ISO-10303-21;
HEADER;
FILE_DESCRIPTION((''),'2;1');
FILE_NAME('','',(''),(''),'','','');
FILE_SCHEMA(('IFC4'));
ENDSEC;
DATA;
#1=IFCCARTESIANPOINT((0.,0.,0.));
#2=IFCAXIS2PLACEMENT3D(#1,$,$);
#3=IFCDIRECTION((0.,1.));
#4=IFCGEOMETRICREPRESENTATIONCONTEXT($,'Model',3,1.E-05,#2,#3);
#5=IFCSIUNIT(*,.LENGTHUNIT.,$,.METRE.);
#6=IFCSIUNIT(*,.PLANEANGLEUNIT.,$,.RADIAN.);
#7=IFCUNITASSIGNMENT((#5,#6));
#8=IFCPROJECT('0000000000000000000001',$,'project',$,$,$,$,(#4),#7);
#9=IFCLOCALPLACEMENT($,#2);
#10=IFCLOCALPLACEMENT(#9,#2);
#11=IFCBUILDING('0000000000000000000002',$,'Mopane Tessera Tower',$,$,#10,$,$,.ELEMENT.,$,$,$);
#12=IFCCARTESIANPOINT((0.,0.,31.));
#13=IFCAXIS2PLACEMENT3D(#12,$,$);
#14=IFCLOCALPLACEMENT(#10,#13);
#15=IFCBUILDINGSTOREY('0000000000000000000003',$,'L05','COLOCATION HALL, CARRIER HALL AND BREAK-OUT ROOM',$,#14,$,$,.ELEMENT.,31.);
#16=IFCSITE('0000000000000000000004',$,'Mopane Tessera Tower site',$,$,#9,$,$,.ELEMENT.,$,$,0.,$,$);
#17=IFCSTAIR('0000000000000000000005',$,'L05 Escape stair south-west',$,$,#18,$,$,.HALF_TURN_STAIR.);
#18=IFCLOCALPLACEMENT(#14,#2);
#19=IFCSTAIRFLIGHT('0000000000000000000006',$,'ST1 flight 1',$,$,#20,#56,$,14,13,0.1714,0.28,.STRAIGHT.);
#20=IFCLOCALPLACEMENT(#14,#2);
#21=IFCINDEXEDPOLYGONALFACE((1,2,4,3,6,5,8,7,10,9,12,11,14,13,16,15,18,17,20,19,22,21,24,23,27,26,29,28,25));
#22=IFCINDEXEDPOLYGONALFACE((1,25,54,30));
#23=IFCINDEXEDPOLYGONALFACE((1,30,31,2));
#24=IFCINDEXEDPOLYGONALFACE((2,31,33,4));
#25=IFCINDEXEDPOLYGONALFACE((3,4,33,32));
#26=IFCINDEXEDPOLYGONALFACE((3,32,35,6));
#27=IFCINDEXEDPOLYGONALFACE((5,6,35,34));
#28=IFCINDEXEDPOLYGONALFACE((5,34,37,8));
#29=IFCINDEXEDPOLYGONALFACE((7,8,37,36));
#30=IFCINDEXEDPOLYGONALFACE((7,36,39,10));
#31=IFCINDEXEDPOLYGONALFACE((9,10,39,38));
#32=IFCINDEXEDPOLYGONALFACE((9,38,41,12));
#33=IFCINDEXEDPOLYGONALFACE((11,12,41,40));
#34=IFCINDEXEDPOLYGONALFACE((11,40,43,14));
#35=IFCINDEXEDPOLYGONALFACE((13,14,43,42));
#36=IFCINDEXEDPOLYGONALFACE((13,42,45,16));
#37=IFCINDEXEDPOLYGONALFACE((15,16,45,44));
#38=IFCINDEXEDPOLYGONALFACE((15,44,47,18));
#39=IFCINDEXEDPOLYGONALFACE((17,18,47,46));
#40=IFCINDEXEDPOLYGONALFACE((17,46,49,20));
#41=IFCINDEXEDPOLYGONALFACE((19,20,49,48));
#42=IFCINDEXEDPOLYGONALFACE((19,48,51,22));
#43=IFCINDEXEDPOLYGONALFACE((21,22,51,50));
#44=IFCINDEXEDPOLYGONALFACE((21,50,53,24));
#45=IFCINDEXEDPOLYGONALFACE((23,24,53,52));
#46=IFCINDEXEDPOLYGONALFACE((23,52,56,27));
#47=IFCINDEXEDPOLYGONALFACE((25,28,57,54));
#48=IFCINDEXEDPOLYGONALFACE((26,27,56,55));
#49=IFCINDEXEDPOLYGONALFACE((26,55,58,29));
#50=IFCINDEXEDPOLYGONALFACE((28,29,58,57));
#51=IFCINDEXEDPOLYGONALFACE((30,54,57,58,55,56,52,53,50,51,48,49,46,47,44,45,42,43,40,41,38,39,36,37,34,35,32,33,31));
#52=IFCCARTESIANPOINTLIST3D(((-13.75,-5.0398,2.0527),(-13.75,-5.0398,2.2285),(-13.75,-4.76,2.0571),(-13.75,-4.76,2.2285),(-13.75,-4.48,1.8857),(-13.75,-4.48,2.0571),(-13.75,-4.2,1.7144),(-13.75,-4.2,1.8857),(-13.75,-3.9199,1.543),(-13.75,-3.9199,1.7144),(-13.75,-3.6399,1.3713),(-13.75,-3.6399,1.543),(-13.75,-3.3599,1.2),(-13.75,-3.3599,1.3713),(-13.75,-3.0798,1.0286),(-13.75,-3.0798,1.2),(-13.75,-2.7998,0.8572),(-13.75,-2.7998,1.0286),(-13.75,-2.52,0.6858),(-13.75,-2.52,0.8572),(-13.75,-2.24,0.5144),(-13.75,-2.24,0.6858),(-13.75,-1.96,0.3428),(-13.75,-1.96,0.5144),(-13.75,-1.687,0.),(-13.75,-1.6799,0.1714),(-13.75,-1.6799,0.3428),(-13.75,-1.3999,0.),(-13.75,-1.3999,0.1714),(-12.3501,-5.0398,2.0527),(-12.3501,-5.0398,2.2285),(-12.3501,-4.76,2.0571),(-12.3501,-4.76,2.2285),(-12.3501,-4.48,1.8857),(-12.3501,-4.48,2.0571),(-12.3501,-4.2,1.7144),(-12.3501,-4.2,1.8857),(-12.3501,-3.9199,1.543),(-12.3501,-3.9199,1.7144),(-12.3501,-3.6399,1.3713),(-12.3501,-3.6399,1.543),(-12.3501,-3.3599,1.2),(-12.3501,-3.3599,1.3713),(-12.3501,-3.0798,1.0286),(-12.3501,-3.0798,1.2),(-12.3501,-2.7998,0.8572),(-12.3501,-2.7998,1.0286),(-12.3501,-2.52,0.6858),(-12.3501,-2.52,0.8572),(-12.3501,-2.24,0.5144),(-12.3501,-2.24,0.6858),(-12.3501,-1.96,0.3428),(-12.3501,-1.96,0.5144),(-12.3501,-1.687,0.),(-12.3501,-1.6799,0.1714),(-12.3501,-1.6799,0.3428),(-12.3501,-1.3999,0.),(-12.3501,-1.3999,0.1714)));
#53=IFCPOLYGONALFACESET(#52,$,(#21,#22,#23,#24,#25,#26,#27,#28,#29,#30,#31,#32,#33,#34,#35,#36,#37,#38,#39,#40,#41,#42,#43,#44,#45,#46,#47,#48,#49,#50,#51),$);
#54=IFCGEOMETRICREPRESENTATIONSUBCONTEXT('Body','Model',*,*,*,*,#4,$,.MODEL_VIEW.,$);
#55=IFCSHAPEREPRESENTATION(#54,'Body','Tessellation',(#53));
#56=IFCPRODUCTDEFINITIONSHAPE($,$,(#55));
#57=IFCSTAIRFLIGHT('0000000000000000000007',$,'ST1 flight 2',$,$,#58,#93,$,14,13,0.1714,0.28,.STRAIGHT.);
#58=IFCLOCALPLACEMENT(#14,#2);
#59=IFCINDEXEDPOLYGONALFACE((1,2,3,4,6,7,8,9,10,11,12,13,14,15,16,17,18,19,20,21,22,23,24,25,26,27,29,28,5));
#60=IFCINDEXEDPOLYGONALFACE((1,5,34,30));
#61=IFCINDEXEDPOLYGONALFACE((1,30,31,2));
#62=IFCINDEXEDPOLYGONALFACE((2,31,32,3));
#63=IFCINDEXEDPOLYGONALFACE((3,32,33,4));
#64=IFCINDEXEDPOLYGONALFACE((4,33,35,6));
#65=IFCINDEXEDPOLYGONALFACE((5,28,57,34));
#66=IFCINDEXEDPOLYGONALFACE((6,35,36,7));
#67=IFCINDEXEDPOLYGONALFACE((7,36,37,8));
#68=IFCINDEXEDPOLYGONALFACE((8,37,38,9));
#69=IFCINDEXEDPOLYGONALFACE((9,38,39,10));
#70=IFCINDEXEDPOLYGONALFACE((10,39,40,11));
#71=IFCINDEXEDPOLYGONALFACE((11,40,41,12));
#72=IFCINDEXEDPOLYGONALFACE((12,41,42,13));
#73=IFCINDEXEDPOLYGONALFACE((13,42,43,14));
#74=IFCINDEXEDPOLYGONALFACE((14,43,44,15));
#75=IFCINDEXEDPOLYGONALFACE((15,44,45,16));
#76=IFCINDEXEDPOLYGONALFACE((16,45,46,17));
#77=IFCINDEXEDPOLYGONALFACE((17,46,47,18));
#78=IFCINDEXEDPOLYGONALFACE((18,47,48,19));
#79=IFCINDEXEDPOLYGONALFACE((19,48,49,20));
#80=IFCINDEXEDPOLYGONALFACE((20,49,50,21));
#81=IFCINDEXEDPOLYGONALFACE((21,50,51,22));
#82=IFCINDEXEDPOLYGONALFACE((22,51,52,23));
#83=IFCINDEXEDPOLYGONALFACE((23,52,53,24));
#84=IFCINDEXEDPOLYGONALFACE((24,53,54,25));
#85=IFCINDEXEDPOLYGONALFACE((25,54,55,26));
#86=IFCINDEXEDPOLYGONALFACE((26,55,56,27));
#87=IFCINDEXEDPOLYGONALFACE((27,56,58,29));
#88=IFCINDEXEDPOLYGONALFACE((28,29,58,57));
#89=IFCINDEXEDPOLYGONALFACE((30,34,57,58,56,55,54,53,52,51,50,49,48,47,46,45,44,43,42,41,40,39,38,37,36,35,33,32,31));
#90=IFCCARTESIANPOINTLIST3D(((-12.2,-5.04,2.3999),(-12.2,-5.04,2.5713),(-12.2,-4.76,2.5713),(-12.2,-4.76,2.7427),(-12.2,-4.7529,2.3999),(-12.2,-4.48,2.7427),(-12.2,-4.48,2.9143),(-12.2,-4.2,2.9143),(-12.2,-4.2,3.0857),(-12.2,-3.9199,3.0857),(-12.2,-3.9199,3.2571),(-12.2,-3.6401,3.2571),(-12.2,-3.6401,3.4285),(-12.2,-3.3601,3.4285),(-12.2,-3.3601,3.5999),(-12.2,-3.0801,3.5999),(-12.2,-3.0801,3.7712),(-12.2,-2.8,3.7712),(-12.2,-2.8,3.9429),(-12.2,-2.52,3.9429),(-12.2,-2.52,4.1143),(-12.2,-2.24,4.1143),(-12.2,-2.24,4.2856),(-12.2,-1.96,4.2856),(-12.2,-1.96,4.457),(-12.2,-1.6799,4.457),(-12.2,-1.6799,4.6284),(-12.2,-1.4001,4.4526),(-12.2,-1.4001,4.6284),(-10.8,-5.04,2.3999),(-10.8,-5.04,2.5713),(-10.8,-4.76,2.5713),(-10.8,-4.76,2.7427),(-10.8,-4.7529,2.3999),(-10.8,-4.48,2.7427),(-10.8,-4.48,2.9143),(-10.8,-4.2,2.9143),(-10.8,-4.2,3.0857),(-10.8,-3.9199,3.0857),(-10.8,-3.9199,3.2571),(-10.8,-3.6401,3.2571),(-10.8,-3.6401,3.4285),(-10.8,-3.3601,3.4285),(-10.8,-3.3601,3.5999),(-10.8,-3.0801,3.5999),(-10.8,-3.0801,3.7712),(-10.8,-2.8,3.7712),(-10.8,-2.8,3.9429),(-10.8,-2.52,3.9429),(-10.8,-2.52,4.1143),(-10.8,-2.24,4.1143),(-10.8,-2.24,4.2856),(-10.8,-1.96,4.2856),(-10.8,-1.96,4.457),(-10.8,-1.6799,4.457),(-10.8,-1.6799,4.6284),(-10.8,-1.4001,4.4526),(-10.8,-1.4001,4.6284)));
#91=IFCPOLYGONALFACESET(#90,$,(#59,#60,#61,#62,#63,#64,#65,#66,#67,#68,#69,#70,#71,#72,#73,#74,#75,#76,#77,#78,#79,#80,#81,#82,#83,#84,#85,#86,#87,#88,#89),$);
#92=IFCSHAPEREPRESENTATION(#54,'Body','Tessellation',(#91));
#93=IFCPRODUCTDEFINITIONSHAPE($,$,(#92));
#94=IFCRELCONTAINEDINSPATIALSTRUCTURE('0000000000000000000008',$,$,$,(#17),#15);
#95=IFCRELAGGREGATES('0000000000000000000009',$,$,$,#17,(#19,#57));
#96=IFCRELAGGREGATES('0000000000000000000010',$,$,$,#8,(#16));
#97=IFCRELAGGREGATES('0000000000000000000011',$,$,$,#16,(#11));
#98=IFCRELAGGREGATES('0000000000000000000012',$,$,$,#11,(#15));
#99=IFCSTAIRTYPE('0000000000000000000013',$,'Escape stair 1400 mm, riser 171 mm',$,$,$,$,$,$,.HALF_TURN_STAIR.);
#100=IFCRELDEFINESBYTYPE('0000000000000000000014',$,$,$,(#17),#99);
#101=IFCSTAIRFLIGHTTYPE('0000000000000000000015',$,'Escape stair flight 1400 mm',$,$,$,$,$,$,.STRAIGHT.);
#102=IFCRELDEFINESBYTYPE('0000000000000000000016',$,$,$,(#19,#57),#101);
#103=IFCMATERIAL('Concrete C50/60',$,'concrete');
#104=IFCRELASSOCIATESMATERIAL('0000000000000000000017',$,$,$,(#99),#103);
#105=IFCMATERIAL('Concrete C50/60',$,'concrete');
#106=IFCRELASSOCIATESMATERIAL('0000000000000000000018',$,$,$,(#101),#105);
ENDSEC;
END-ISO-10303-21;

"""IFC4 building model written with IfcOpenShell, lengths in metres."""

from ifc_helpers import new_model, si_unit, direction, frame, origin, place, context, subcontext, project, spatial, polyline, outline, extrude, material, type_object, element, aggregate, save


model = new_model("IFC4")

# Units and contexts
model_context = context("Model", 3, precision=1e-05, world=origin(), true_north=direction((0.0, 1.0)))
body_context = subcontext(model_context, "Body", "Model", "MODEL_VIEW")
ifc_project = project(units=[si_unit("LENGTHUNIT", "METRE"), si_unit("PLANEANGLEUNIT", "RADIAN")], contexts=[model_context])

# Site, building, storey
site_placement = place(None, origin())
site = spatial("IfcSite", under=ifc_project, at=site_placement, Name="Mopane Tessera Tower site", CompositionType="ELEMENT", RefElevation=0.0)
building_placement = place(site_placement, origin())
building = spatial("IfcBuilding", under=site, at=building_placement, Name="Mopane Tessera Tower", CompositionType="ELEMENT")
storey_placement = place(building_placement, frame((0.0, 0.0, 31.0)))
storey = spatial("IfcBuildingStorey", under=building, at=storey_placement, Name="L05", Description="COLOCATION HALL, CARRIER HALL AND BREAK-OUT ROOM", CompositionType="ELEMENT", Elevation=31.0)

# Stair, stair flights
ifc_material_1 = material(Name="Concrete C50/60", Category="concrete")
stair_type = type_object("IfcStairType", Name="Escape stair 1400 mm, riser 171 mm", PredefinedType="HALF_TURN_STAIR", material=ifc_material_1)
stair_placement = place(storey_placement, origin())
stair = element("IfcStair", 1, at=stair_placement, inside=storey, type_object=stair_type, Name="L05 Escape stair south-west", PredefinedType="HALF_TURN_STAIR")
ifc_material_2 = material(Name="Concrete C50/60", Category="concrete")
stair_flight_type = type_object("IfcStairFlightType", Name="Escape stair flight 1400 mm", PredefinedType="STRAIGHT", material=ifc_material_2)
stair_flight_1_placement = place(storey_placement, frame((-13.05, -1.3999, 0.0), z_axis=(0.0, 0.0, 1.0), x_axis=(0.0, -1.0, 0.0)))
stair_flight_1 = element("IfcStairFlight", 2, at=stair_flight_1_placement, type_object=stair_flight_type, Name="ST1 flight 1", NumberOfRisers=14, NumberOfTreads=13, PredefinedType="STRAIGHT", RiserHeight=0.1714, TreadLength=0.28, context=body_context, shape_type="SweptSolid", body=[
    extrude(outline(polyline([(0.0, 0.0), (0.0, 0.1714), (0.28, 0.1714), (0.28, 0.3428), (0.5601, 0.3428), (0.5601, 0.5144), (0.8401, 0.5144), (0.8401, 0.6858), (1.1201, 0.6858), (1.1201, 0.8572), (1.3999, 0.8572), (1.3999, 1.0286), (1.6799, 1.0286), (1.6799, 1.2), (1.96, 1.2), (1.96, 1.3713), (2.24, 1.3713), (2.24, 1.543), (2.52, 1.543), (2.52, 1.7144), (2.8, 1.7144), (2.8, 1.8857), (3.0801, 1.8857), (3.0801, 2.0571), (3.3601, 2.0571), (3.3601, 2.2285), (3.6399, 2.2285), (3.6399, 2.3999), (3.6399, 2.0527), (0.2871, 0.0), (0.0, 0.0)])), frame((0.0, 0.7, 0.0), z_axis=(0.0, -1.0, 0.0), x_axis=(1.0, 0.0, 0.0)), (0.0, 0.0, 1.0), 1.3999),
])
stair_flight_2_placement = place(storey_placement, frame((-11.5, -5.04, 2.3999), z_axis=(0.0, 0.0, 1.0), x_axis=(0.0, 1.0, 0.0)))
stair_flight_2 = element("IfcStairFlight", 3, at=stair_flight_2_placement, type_object=stair_flight_type, Name="ST1 flight 2", NumberOfRisers=14, NumberOfTreads=13, PredefinedType="STRAIGHT", RiserHeight=0.1714, TreadLength=0.28, context=body_context, shape_type="SweptSolid", body=[
    extrude(outline(polyline([(0.0, 0.0), (0.0, 0.1714), (0.28, 0.1714), (0.28, 0.3428), (0.5601, 0.3428), (0.5601, 0.5144), (0.8401, 0.5144), (0.8401, 0.6858), (1.1201, 0.6858), (1.1201, 0.8572), (1.3999, 0.8572), (1.3999, 1.0286), (1.6799, 1.0286), (1.6799, 1.2), (1.96, 1.2), (1.96, 1.3713), (2.24, 1.3713), (2.24, 1.543), (2.52, 1.543), (2.52, 1.7144), (2.8, 1.7144), (2.8, 1.8857), (3.0801, 1.8857), (3.0801, 2.0571), (3.3601, 2.0571), (3.3601, 2.2285), (3.6399, 2.2285), (3.6399, 2.3999), (3.6399, 2.0527), (0.2871, 0.0), (0.0, 0.0)])), frame((0.0, 0.7, 0.0), z_axis=(0.0, -1.0, 0.0), x_axis=(1.0, 0.0, 0.0)), (0.0, 0.0, 1.0), 1.3999),
])
aggregate(stair, [stair_flight_1, stair_flight_2])

save(model, "model.ifc")
